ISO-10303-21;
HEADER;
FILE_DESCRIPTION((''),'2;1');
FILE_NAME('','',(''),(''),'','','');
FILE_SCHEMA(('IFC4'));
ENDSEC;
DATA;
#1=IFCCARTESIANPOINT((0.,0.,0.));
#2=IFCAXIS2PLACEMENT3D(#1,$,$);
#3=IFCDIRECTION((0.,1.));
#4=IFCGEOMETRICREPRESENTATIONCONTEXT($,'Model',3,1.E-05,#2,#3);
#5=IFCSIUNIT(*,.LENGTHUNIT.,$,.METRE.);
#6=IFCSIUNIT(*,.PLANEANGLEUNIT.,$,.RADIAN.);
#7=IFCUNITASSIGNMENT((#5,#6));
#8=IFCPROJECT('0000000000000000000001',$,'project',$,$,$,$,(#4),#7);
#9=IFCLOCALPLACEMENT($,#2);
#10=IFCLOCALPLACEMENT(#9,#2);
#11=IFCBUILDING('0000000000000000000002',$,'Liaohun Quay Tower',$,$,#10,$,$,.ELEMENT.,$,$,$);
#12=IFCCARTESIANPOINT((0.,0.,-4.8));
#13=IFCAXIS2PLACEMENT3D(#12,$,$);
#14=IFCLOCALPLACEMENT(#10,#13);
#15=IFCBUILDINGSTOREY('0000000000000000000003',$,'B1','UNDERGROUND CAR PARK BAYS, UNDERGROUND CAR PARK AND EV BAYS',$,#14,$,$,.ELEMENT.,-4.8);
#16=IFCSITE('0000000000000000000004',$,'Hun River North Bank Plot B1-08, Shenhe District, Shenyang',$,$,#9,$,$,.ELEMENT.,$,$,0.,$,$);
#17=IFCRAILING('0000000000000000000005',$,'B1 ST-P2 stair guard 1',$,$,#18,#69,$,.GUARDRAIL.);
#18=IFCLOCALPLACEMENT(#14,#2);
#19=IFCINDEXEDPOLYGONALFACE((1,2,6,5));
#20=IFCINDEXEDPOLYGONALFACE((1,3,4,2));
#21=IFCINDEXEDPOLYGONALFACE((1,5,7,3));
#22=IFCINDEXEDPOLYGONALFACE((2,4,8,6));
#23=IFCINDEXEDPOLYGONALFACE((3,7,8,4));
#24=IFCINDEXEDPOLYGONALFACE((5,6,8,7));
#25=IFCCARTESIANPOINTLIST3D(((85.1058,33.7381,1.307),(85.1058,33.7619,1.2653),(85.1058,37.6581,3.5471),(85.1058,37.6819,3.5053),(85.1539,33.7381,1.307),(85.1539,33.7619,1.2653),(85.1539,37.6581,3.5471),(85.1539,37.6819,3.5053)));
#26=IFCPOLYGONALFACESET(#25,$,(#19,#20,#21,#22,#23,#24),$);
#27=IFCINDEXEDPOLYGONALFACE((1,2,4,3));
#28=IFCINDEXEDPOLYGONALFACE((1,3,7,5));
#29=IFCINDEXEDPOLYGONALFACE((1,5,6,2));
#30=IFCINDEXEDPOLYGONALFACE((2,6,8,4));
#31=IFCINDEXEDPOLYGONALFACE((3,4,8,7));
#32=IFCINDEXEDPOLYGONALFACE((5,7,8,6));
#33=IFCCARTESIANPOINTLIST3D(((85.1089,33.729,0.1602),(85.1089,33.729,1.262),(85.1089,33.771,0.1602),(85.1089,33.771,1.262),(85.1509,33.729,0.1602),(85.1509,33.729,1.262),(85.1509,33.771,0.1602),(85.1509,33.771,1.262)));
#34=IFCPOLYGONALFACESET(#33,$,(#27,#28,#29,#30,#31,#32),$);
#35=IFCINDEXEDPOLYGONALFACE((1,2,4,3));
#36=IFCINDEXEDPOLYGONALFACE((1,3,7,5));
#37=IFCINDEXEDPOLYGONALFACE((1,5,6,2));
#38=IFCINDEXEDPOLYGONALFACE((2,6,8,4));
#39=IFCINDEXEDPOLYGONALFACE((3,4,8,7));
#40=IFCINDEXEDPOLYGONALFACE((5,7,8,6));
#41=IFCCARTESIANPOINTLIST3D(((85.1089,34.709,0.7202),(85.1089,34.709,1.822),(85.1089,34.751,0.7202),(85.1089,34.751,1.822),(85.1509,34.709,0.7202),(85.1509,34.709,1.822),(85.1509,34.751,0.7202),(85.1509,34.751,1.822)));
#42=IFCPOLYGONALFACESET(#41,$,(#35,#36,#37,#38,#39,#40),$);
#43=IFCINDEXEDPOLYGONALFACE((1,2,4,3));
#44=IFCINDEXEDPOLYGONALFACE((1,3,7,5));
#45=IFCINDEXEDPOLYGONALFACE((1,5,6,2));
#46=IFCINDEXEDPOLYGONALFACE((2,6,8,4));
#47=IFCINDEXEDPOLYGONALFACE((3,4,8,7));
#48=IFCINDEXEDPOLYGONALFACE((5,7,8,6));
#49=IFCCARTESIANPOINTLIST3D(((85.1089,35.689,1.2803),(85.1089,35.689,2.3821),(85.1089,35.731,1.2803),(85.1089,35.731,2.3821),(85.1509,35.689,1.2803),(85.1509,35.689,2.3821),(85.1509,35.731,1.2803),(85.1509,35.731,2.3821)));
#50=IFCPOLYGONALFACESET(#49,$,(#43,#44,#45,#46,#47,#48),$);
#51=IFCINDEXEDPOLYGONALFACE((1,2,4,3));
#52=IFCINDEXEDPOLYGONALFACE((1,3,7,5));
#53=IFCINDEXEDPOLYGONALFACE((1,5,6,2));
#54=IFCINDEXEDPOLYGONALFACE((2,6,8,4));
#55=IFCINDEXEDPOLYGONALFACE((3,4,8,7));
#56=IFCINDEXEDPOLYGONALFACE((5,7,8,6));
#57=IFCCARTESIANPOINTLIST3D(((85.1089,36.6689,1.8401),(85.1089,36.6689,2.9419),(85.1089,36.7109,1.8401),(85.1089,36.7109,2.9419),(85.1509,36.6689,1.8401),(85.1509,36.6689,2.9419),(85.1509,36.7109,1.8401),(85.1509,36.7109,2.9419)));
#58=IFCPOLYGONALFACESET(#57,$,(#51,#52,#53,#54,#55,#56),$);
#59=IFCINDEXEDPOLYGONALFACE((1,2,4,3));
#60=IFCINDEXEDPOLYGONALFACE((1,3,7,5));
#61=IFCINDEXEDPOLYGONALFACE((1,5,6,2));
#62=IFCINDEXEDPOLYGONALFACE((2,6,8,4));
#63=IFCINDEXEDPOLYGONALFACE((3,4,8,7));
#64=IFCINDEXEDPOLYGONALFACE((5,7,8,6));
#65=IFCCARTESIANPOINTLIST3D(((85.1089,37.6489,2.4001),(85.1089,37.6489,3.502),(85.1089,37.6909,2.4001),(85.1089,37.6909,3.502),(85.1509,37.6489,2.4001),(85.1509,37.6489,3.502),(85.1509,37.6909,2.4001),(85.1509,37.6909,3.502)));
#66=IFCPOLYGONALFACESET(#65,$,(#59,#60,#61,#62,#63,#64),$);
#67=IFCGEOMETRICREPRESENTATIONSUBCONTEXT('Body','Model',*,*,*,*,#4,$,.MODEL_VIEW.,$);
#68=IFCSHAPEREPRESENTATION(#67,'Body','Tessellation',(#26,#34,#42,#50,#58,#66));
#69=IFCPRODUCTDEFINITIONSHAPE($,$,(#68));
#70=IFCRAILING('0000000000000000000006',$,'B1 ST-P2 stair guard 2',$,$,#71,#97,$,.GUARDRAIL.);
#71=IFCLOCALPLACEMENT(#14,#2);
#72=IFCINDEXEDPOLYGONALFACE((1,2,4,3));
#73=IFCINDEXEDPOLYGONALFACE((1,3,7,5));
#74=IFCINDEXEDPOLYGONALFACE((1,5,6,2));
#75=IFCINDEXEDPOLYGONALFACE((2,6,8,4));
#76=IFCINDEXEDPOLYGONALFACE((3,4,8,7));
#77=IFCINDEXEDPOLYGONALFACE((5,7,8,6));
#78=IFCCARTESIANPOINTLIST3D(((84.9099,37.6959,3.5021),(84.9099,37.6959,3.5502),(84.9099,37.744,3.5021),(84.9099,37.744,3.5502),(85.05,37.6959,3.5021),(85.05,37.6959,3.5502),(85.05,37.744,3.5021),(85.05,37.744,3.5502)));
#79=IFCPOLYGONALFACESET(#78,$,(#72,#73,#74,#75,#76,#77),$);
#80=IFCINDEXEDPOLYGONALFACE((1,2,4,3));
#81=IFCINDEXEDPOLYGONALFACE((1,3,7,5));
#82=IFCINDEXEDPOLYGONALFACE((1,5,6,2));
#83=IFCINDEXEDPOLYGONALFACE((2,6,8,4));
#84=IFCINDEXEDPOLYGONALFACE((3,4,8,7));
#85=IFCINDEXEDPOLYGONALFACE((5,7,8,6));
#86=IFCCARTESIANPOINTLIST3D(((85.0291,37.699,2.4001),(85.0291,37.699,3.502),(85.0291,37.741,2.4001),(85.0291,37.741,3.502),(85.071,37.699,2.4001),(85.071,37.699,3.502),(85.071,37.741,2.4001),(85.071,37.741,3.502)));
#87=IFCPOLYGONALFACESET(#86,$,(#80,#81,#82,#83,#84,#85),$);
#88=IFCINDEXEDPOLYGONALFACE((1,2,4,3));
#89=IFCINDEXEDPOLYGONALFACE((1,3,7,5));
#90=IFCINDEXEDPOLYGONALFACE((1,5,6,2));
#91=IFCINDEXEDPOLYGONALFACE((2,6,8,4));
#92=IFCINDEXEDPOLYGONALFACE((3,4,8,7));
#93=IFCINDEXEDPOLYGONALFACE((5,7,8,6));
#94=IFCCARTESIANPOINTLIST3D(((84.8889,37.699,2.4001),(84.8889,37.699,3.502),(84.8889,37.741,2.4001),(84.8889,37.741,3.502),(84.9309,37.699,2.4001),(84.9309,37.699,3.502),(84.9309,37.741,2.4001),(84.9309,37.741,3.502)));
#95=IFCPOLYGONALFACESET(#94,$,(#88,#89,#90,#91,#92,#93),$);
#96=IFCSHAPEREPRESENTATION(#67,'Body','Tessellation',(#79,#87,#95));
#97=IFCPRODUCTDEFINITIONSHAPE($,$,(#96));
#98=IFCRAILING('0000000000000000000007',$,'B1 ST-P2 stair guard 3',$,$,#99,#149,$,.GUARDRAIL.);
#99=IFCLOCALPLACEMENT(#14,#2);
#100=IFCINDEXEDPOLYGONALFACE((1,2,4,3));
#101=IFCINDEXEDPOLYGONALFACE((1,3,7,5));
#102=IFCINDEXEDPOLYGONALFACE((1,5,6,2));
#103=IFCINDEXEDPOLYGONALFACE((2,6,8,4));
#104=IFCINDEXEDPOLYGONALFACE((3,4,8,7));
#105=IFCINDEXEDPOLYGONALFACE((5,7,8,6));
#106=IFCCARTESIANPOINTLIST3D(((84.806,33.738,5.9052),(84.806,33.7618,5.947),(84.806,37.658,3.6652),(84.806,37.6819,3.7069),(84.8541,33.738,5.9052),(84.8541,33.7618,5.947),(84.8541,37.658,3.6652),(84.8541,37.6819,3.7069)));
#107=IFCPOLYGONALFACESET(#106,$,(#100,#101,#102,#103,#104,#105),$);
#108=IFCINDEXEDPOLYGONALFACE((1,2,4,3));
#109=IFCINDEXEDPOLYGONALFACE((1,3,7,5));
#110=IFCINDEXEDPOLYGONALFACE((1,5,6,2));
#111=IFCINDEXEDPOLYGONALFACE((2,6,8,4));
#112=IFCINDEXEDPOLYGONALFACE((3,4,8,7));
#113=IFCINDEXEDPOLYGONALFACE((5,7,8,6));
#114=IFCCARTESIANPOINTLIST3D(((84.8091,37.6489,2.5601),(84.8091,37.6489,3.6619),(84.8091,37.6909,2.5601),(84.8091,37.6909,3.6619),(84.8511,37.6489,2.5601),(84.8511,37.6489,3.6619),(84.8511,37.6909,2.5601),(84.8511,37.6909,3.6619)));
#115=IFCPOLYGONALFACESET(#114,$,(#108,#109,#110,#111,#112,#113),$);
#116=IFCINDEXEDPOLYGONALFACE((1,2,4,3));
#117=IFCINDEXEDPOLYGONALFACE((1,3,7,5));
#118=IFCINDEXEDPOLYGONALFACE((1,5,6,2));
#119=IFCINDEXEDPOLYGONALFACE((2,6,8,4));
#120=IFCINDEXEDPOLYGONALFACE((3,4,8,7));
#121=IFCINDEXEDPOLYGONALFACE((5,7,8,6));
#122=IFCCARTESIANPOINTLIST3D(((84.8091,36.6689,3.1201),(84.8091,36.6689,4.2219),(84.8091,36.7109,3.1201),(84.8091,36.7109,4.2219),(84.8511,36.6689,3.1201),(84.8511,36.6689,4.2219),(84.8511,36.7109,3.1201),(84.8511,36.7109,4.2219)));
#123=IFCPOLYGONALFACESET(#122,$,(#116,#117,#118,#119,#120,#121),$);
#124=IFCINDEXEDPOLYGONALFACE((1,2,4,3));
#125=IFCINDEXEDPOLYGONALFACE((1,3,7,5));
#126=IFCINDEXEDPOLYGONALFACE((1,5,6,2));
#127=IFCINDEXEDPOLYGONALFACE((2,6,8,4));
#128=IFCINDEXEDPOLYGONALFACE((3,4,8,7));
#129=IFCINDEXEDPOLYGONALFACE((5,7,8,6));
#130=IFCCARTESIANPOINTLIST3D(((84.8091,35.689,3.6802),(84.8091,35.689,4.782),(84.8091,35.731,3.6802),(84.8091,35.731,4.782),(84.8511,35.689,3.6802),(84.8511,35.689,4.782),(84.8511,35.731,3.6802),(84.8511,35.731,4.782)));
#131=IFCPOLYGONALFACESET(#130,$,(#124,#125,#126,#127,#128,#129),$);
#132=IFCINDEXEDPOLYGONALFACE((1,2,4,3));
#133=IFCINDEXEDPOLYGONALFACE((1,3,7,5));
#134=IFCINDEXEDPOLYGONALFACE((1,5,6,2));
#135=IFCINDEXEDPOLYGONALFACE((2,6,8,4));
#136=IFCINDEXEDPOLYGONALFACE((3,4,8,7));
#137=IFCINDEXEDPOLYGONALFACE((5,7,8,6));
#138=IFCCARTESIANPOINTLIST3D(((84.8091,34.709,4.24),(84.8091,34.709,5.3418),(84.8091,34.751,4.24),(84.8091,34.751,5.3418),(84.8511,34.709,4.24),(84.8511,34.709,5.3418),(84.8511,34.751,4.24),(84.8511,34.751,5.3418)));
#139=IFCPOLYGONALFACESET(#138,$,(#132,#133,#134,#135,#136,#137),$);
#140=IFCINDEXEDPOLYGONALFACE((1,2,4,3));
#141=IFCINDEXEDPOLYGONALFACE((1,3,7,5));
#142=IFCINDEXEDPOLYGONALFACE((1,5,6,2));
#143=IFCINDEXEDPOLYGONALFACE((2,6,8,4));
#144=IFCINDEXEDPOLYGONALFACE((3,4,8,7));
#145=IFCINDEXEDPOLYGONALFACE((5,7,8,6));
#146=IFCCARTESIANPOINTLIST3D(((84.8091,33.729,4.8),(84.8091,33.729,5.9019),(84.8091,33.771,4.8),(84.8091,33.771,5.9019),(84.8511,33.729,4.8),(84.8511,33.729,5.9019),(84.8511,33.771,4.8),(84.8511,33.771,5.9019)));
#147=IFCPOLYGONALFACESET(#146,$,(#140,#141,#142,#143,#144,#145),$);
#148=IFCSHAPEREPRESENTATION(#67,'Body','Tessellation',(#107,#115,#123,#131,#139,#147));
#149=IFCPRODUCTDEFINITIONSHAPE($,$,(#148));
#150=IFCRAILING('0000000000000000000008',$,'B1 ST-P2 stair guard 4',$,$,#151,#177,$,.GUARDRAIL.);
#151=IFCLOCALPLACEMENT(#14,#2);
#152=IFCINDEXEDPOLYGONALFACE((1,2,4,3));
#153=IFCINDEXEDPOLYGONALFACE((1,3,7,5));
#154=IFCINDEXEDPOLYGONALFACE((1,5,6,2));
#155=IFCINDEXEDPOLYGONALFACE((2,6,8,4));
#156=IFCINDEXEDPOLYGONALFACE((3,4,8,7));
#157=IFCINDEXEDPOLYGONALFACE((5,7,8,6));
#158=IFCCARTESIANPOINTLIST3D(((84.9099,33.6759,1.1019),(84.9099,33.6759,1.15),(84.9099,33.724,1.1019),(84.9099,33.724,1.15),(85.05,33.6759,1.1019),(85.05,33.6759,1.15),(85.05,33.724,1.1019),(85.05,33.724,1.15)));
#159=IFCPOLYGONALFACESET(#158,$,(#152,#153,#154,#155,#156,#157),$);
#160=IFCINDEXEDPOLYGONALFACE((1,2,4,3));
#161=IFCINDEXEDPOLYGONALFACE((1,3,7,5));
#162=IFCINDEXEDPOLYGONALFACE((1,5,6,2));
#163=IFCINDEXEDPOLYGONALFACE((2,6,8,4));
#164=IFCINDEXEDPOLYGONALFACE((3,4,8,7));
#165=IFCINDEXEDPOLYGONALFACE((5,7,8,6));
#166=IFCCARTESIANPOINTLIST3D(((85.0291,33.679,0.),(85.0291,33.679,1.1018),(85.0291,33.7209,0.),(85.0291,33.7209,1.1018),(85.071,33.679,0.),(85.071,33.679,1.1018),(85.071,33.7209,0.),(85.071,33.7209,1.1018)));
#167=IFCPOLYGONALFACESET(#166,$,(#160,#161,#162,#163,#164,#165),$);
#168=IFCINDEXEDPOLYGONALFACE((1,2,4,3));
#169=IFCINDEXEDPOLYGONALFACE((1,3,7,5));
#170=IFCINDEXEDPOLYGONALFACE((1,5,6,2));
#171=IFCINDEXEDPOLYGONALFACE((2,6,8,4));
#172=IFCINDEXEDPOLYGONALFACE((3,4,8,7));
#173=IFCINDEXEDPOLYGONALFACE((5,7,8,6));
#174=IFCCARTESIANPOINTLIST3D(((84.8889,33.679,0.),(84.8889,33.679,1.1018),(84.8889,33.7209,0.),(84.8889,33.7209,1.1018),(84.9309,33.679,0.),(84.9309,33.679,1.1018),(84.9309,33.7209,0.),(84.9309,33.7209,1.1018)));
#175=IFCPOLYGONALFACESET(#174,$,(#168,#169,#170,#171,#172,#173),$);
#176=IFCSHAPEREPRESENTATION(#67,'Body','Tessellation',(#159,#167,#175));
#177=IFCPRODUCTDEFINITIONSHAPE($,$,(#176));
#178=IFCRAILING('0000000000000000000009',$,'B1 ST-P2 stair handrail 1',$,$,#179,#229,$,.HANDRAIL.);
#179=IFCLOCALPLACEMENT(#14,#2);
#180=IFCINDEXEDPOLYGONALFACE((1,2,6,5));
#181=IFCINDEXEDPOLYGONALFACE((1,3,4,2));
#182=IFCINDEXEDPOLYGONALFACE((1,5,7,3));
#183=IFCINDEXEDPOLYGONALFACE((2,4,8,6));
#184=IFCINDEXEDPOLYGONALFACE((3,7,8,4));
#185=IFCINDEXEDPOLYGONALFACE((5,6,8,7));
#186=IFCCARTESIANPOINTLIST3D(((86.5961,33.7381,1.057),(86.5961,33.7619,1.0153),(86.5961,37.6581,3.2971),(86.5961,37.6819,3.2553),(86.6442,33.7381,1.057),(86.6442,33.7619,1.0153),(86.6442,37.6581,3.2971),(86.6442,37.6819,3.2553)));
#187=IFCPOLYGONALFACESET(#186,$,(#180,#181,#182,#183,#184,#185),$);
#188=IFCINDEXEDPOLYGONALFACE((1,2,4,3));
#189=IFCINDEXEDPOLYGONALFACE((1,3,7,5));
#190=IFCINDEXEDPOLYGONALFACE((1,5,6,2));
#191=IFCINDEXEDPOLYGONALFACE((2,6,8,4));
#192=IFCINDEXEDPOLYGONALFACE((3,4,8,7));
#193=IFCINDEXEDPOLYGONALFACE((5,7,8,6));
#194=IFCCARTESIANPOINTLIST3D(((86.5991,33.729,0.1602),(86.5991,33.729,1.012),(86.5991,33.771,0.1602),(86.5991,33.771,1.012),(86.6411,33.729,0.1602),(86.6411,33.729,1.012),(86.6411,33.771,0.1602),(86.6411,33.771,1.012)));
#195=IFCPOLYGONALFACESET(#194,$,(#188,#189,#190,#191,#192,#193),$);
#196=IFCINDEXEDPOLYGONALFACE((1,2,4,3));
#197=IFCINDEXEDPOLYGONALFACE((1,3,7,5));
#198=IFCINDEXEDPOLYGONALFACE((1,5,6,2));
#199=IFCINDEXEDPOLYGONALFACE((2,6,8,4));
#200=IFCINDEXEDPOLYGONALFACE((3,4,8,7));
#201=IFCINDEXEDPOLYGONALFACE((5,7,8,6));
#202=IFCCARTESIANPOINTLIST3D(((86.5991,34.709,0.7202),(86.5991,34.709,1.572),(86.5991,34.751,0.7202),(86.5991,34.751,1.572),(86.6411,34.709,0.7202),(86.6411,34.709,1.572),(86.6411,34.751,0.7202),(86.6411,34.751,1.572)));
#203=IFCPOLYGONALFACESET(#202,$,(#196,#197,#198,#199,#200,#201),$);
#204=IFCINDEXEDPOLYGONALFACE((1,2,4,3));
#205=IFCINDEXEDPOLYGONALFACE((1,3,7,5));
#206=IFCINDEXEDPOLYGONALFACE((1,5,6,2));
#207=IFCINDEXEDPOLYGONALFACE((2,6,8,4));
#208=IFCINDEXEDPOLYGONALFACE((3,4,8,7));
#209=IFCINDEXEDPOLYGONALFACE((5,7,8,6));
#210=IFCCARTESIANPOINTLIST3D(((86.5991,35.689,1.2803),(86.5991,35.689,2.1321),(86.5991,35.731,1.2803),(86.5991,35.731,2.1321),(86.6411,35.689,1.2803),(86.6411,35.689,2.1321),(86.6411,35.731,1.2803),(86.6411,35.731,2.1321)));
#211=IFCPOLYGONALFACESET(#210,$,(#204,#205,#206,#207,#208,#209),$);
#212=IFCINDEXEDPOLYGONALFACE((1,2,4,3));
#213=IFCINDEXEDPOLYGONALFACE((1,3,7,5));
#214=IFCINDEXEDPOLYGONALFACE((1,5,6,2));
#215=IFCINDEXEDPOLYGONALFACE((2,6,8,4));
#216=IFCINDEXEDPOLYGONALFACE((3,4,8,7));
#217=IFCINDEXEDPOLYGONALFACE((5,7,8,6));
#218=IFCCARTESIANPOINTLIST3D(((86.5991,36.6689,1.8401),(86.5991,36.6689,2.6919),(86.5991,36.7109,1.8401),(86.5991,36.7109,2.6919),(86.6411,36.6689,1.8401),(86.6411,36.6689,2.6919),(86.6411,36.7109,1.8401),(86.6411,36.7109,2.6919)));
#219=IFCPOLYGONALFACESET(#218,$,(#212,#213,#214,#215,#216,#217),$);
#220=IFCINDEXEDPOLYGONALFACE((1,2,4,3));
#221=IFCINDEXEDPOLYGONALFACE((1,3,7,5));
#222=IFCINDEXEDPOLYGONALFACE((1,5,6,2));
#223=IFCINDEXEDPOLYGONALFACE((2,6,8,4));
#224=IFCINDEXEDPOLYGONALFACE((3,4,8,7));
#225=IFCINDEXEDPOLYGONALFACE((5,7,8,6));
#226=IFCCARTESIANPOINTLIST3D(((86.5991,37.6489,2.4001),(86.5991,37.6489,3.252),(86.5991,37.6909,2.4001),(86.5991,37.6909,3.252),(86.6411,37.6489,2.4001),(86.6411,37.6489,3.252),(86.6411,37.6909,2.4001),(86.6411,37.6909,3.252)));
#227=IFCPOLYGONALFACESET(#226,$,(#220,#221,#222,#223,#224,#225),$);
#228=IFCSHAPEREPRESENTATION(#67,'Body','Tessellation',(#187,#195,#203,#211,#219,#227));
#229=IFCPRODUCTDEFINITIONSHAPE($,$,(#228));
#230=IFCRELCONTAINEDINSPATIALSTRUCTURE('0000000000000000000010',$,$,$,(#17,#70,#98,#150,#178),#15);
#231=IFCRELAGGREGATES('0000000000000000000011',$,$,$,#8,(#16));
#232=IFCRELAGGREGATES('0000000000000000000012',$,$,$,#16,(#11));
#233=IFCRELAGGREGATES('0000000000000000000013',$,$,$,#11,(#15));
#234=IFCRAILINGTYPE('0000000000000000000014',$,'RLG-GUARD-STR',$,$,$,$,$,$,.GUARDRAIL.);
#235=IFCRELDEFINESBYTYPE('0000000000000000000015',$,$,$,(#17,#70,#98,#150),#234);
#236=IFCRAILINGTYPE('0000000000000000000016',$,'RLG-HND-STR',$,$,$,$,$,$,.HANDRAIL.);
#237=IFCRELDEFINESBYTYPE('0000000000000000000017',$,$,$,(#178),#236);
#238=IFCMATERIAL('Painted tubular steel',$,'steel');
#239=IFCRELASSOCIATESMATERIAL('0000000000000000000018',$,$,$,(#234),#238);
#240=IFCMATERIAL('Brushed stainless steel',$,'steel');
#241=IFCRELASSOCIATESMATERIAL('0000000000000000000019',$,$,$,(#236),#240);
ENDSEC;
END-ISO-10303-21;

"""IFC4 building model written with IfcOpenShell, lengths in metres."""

from ifc_helpers import new_model, si_unit, direction, frame, origin, origin_2d, place, context, subcontext, project, spatial, rectangle, extrude, material, type_object, element, save


model = new_model("IFC4")

# Units and contexts
model_context = context("Model", 3, precision=1e-05, world=origin(), true_north=direction((0.0, 1.0)))
body_context = subcontext(model_context, "Body", "Model", "MODEL_VIEW")
ifc_project = project(units=[si_unit("LENGTHUNIT", "METRE"), si_unit("PLANEANGLEUNIT", "RADIAN")], contexts=[model_context])

# Site, building, storey
site_placement = place(None, origin())
site = spatial("IfcSite", under=ifc_project, at=site_placement, Name="Hun River North Bank Plot B1-08, Shenhe District, Shenyang", CompositionType="ELEMENT", RefElevation=0.0)
building_placement = place(site_placement, origin())
building = spatial("IfcBuilding", under=site, at=building_placement, Name="Liaohun Quay Tower", CompositionType="ELEMENT")
storey_placement = place(building_placement, frame((0.0, 0.0, -4.8)))
storey = spatial("IfcBuildingStorey", under=building, at=storey_placement, Name="B1", Description="UNDERGROUND CAR PARK BAYS, UNDERGROUND CAR PARK AND EV BAYS", CompositionType="ELEMENT", Elevation=-4.8)

# Railings
ifc_material_1 = material(Name="Painted tubular steel", Category="steel")
railing_type_1 = type_object("IfcRailingType", Name="RLG-GUARD-STR", PredefinedType="GUARDRAIL", material=ifc_material_1)
railing_1_placement = place(storey_placement, frame((85.1299, 33.75, 0.1602)))
element("IfcRailing", 1, at=railing_1_placement, inside=storey, type_object=railing_type_1, Name="B1 ST-P2 stair guard 1", PredefinedType="GUARDRAIL", context=body_context, shape_type="SweptSolid", body=[
    extrude(rectangle(XDim=0.0481, YDim=0.0481, at=origin_2d()), frame((0.0, 0.0, 1.126), z_axis=(0.0, 0.86824, 0.496145), x_axis=(-1.0, 0.0, 0.0)), (0.0, 0.0, 1.0), 4.5149),
    extrude(rectangle(XDim=0.042, YDim=0.042, at=origin_2d()), origin(), (0.0, 0.0, 1.0), 1.1018),
    extrude(rectangle(XDim=0.042, YDim=0.042, at=origin_2d()), frame((0.0, 0.98, 0.5601)), (0.0, 0.0, 1.0), 1.1018),
    extrude(rectangle(XDim=0.042, YDim=0.042, at=origin_2d()), frame((0.0, 1.96, 1.1201)), (0.0, 0.0, 1.0), 1.1018),
    extrude(rectangle(XDim=0.042, YDim=0.042, at=origin_2d()), frame((0.0, 2.9399, 1.6799)), (0.0, 0.0, 1.0), 1.1018),
    extrude(rectangle(XDim=0.042, YDim=0.042, at=origin_2d()), frame((0.0, 3.9199, 2.24)), (0.0, 0.0, 1.0), 1.1018),
])
railing_2_placement = place(storey_placement, frame((85.05, 37.72, 2.4001)))
element("IfcRailing", 2, at=railing_2_placement, inside=storey, type_object=railing_type_1, Name="B1 ST-P2 stair guard 2", PredefinedType="GUARDRAIL", context=body_context, shape_type="SweptSolid", body=[
    extrude(rectangle(XDim=0.0481, YDim=0.0481, at=origin_2d()), frame((0.0, 0.0, 1.126), z_axis=(-1.0, 0.0, 0.0), x_axis=(0.0, -1.0, 0.0)), (0.0, 0.0, 1.0), 0.1401),
    extrude(rectangle(XDim=0.042, YDim=0.042, at=origin_2d()), origin(), (0.0, 0.0, 1.0), 1.1018),
    extrude(rectangle(XDim=0.042, YDim=0.042, at=origin_2d()), frame((-0.1401, 0.0, 0.0)), (0.0, 0.0, 1.0), 1.1018),
])
railing_3_placement = place(storey_placement, frame((84.8301, 37.6699, 2.5601)))
element("IfcRailing", 3, at=railing_3_placement, inside=storey, type_object=railing_type_1, Name="B1 ST-P2 stair guard 3", PredefinedType="GUARDRAIL", context=body_context, shape_type="SweptSolid", body=[
    extrude(rectangle(XDim=0.0481, YDim=0.0481, at=origin_2d()), frame((0.0, 0.0, 1.126), z_axis=(0.0, -0.86824, 0.496145), x_axis=(1.0, 0.0, 0.0)), (0.0, 0.0, 1.0), 4.5149),
    extrude(rectangle(XDim=0.042, YDim=0.042, at=origin_2d()), origin(), (0.0, 0.0, 1.0), 1.1018),
    extrude(rectangle(XDim=0.042, YDim=0.042, at=origin_2d()), frame((0.0, -0.98, 0.5601)), (0.0, 0.0, 1.0), 1.1018),
    extrude(rectangle(XDim=0.042, YDim=0.042, at=origin_2d()), frame((0.0, -1.96, 1.1201)), (0.0, 0.0, 1.0), 1.1018),
    extrude(rectangle(XDim=0.042, YDim=0.042, at=origin_2d()), frame((0.0, -2.9399, 1.6799)), (0.0, 0.0, 1.0), 1.1018),
    extrude(rectangle(XDim=0.042, YDim=0.042, at=origin_2d()), frame((0.0, -3.9199, 2.24)), (0.0, 0.0, 1.0), 1.1018),
])
railing_4_placement = place(storey_placement, frame((85.05, 33.7, 0.0)))
element("IfcRailing", 4, at=railing_4_placement, inside=storey, type_object=railing_type_1, Name="B1 ST-P2 stair guard 4", PredefinedType="GUARDRAIL", context=body_context, shape_type="SweptSolid", body=[
    extrude(rectangle(XDim=0.0481, YDim=0.0481, at=origin_2d()), frame((0.0, 0.0, 1.126), z_axis=(-1.0, 0.0, 0.0), x_axis=(0.0, -1.0, 0.0)), (0.0, 0.0, 1.0), 0.1401),
    extrude(rectangle(XDim=0.042, YDim=0.042, at=origin_2d()), origin(), (0.0, 0.0, 1.0), 1.1018),
    extrude(rectangle(XDim=0.042, YDim=0.042, at=origin_2d()), frame((-0.1401, 0.0, 0.0)), (0.0, 0.0, 1.0), 1.1018),
])
ifc_material_2 = material(Name="Brushed stainless steel", Category="steel")
railing_type_2 = type_object("IfcRailingType", Name="RLG-HND-STR", PredefinedType="HANDRAIL", material=ifc_material_2)
railing_5_placement = place(storey_placement, frame((86.6201, 33.75, 0.1602)))
element("IfcRailing", 5, at=railing_5_placement, inside=storey, type_object=railing_type_2, Name="B1 ST-P2 stair handrail 1", PredefinedType="HANDRAIL", context=body_context, shape_type="SweptSolid", body=[
    extrude(rectangle(XDim=0.0481, YDim=0.0481, at=origin_2d()), frame((0.0, 0.0, 0.876), z_axis=(0.0, 0.86824, 0.496145), x_axis=(-1.0, 0.0, 0.0)), (0.0, 0.0, 1.0), 4.5149),
    extrude(rectangle(XDim=0.042, YDim=0.042, at=origin_2d()), origin(), (0.0, 0.0, 1.0), 0.8518),
    extrude(rectangle(XDim=0.042, YDim=0.042, at=origin_2d()), frame((0.0, 0.98, 0.5601)), (0.0, 0.0, 1.0), 0.8518),
    extrude(rectangle(XDim=0.042, YDim=0.042, at=origin_2d()), frame((0.0, 1.96, 1.1201)), (0.0, 0.0, 1.0), 0.8518),
    extrude(rectangle(XDim=0.042, YDim=0.042, at=origin_2d()), frame((0.0, 2.9399, 1.6799)), (0.0, 0.0, 1.0), 0.8518),
    extrude(rectangle(XDim=0.042, YDim=0.042, at=origin_2d()), frame((0.0, 3.9199, 2.24)), (0.0, 0.0, 1.0), 0.8518),
])

save(model, "model.ifc")
